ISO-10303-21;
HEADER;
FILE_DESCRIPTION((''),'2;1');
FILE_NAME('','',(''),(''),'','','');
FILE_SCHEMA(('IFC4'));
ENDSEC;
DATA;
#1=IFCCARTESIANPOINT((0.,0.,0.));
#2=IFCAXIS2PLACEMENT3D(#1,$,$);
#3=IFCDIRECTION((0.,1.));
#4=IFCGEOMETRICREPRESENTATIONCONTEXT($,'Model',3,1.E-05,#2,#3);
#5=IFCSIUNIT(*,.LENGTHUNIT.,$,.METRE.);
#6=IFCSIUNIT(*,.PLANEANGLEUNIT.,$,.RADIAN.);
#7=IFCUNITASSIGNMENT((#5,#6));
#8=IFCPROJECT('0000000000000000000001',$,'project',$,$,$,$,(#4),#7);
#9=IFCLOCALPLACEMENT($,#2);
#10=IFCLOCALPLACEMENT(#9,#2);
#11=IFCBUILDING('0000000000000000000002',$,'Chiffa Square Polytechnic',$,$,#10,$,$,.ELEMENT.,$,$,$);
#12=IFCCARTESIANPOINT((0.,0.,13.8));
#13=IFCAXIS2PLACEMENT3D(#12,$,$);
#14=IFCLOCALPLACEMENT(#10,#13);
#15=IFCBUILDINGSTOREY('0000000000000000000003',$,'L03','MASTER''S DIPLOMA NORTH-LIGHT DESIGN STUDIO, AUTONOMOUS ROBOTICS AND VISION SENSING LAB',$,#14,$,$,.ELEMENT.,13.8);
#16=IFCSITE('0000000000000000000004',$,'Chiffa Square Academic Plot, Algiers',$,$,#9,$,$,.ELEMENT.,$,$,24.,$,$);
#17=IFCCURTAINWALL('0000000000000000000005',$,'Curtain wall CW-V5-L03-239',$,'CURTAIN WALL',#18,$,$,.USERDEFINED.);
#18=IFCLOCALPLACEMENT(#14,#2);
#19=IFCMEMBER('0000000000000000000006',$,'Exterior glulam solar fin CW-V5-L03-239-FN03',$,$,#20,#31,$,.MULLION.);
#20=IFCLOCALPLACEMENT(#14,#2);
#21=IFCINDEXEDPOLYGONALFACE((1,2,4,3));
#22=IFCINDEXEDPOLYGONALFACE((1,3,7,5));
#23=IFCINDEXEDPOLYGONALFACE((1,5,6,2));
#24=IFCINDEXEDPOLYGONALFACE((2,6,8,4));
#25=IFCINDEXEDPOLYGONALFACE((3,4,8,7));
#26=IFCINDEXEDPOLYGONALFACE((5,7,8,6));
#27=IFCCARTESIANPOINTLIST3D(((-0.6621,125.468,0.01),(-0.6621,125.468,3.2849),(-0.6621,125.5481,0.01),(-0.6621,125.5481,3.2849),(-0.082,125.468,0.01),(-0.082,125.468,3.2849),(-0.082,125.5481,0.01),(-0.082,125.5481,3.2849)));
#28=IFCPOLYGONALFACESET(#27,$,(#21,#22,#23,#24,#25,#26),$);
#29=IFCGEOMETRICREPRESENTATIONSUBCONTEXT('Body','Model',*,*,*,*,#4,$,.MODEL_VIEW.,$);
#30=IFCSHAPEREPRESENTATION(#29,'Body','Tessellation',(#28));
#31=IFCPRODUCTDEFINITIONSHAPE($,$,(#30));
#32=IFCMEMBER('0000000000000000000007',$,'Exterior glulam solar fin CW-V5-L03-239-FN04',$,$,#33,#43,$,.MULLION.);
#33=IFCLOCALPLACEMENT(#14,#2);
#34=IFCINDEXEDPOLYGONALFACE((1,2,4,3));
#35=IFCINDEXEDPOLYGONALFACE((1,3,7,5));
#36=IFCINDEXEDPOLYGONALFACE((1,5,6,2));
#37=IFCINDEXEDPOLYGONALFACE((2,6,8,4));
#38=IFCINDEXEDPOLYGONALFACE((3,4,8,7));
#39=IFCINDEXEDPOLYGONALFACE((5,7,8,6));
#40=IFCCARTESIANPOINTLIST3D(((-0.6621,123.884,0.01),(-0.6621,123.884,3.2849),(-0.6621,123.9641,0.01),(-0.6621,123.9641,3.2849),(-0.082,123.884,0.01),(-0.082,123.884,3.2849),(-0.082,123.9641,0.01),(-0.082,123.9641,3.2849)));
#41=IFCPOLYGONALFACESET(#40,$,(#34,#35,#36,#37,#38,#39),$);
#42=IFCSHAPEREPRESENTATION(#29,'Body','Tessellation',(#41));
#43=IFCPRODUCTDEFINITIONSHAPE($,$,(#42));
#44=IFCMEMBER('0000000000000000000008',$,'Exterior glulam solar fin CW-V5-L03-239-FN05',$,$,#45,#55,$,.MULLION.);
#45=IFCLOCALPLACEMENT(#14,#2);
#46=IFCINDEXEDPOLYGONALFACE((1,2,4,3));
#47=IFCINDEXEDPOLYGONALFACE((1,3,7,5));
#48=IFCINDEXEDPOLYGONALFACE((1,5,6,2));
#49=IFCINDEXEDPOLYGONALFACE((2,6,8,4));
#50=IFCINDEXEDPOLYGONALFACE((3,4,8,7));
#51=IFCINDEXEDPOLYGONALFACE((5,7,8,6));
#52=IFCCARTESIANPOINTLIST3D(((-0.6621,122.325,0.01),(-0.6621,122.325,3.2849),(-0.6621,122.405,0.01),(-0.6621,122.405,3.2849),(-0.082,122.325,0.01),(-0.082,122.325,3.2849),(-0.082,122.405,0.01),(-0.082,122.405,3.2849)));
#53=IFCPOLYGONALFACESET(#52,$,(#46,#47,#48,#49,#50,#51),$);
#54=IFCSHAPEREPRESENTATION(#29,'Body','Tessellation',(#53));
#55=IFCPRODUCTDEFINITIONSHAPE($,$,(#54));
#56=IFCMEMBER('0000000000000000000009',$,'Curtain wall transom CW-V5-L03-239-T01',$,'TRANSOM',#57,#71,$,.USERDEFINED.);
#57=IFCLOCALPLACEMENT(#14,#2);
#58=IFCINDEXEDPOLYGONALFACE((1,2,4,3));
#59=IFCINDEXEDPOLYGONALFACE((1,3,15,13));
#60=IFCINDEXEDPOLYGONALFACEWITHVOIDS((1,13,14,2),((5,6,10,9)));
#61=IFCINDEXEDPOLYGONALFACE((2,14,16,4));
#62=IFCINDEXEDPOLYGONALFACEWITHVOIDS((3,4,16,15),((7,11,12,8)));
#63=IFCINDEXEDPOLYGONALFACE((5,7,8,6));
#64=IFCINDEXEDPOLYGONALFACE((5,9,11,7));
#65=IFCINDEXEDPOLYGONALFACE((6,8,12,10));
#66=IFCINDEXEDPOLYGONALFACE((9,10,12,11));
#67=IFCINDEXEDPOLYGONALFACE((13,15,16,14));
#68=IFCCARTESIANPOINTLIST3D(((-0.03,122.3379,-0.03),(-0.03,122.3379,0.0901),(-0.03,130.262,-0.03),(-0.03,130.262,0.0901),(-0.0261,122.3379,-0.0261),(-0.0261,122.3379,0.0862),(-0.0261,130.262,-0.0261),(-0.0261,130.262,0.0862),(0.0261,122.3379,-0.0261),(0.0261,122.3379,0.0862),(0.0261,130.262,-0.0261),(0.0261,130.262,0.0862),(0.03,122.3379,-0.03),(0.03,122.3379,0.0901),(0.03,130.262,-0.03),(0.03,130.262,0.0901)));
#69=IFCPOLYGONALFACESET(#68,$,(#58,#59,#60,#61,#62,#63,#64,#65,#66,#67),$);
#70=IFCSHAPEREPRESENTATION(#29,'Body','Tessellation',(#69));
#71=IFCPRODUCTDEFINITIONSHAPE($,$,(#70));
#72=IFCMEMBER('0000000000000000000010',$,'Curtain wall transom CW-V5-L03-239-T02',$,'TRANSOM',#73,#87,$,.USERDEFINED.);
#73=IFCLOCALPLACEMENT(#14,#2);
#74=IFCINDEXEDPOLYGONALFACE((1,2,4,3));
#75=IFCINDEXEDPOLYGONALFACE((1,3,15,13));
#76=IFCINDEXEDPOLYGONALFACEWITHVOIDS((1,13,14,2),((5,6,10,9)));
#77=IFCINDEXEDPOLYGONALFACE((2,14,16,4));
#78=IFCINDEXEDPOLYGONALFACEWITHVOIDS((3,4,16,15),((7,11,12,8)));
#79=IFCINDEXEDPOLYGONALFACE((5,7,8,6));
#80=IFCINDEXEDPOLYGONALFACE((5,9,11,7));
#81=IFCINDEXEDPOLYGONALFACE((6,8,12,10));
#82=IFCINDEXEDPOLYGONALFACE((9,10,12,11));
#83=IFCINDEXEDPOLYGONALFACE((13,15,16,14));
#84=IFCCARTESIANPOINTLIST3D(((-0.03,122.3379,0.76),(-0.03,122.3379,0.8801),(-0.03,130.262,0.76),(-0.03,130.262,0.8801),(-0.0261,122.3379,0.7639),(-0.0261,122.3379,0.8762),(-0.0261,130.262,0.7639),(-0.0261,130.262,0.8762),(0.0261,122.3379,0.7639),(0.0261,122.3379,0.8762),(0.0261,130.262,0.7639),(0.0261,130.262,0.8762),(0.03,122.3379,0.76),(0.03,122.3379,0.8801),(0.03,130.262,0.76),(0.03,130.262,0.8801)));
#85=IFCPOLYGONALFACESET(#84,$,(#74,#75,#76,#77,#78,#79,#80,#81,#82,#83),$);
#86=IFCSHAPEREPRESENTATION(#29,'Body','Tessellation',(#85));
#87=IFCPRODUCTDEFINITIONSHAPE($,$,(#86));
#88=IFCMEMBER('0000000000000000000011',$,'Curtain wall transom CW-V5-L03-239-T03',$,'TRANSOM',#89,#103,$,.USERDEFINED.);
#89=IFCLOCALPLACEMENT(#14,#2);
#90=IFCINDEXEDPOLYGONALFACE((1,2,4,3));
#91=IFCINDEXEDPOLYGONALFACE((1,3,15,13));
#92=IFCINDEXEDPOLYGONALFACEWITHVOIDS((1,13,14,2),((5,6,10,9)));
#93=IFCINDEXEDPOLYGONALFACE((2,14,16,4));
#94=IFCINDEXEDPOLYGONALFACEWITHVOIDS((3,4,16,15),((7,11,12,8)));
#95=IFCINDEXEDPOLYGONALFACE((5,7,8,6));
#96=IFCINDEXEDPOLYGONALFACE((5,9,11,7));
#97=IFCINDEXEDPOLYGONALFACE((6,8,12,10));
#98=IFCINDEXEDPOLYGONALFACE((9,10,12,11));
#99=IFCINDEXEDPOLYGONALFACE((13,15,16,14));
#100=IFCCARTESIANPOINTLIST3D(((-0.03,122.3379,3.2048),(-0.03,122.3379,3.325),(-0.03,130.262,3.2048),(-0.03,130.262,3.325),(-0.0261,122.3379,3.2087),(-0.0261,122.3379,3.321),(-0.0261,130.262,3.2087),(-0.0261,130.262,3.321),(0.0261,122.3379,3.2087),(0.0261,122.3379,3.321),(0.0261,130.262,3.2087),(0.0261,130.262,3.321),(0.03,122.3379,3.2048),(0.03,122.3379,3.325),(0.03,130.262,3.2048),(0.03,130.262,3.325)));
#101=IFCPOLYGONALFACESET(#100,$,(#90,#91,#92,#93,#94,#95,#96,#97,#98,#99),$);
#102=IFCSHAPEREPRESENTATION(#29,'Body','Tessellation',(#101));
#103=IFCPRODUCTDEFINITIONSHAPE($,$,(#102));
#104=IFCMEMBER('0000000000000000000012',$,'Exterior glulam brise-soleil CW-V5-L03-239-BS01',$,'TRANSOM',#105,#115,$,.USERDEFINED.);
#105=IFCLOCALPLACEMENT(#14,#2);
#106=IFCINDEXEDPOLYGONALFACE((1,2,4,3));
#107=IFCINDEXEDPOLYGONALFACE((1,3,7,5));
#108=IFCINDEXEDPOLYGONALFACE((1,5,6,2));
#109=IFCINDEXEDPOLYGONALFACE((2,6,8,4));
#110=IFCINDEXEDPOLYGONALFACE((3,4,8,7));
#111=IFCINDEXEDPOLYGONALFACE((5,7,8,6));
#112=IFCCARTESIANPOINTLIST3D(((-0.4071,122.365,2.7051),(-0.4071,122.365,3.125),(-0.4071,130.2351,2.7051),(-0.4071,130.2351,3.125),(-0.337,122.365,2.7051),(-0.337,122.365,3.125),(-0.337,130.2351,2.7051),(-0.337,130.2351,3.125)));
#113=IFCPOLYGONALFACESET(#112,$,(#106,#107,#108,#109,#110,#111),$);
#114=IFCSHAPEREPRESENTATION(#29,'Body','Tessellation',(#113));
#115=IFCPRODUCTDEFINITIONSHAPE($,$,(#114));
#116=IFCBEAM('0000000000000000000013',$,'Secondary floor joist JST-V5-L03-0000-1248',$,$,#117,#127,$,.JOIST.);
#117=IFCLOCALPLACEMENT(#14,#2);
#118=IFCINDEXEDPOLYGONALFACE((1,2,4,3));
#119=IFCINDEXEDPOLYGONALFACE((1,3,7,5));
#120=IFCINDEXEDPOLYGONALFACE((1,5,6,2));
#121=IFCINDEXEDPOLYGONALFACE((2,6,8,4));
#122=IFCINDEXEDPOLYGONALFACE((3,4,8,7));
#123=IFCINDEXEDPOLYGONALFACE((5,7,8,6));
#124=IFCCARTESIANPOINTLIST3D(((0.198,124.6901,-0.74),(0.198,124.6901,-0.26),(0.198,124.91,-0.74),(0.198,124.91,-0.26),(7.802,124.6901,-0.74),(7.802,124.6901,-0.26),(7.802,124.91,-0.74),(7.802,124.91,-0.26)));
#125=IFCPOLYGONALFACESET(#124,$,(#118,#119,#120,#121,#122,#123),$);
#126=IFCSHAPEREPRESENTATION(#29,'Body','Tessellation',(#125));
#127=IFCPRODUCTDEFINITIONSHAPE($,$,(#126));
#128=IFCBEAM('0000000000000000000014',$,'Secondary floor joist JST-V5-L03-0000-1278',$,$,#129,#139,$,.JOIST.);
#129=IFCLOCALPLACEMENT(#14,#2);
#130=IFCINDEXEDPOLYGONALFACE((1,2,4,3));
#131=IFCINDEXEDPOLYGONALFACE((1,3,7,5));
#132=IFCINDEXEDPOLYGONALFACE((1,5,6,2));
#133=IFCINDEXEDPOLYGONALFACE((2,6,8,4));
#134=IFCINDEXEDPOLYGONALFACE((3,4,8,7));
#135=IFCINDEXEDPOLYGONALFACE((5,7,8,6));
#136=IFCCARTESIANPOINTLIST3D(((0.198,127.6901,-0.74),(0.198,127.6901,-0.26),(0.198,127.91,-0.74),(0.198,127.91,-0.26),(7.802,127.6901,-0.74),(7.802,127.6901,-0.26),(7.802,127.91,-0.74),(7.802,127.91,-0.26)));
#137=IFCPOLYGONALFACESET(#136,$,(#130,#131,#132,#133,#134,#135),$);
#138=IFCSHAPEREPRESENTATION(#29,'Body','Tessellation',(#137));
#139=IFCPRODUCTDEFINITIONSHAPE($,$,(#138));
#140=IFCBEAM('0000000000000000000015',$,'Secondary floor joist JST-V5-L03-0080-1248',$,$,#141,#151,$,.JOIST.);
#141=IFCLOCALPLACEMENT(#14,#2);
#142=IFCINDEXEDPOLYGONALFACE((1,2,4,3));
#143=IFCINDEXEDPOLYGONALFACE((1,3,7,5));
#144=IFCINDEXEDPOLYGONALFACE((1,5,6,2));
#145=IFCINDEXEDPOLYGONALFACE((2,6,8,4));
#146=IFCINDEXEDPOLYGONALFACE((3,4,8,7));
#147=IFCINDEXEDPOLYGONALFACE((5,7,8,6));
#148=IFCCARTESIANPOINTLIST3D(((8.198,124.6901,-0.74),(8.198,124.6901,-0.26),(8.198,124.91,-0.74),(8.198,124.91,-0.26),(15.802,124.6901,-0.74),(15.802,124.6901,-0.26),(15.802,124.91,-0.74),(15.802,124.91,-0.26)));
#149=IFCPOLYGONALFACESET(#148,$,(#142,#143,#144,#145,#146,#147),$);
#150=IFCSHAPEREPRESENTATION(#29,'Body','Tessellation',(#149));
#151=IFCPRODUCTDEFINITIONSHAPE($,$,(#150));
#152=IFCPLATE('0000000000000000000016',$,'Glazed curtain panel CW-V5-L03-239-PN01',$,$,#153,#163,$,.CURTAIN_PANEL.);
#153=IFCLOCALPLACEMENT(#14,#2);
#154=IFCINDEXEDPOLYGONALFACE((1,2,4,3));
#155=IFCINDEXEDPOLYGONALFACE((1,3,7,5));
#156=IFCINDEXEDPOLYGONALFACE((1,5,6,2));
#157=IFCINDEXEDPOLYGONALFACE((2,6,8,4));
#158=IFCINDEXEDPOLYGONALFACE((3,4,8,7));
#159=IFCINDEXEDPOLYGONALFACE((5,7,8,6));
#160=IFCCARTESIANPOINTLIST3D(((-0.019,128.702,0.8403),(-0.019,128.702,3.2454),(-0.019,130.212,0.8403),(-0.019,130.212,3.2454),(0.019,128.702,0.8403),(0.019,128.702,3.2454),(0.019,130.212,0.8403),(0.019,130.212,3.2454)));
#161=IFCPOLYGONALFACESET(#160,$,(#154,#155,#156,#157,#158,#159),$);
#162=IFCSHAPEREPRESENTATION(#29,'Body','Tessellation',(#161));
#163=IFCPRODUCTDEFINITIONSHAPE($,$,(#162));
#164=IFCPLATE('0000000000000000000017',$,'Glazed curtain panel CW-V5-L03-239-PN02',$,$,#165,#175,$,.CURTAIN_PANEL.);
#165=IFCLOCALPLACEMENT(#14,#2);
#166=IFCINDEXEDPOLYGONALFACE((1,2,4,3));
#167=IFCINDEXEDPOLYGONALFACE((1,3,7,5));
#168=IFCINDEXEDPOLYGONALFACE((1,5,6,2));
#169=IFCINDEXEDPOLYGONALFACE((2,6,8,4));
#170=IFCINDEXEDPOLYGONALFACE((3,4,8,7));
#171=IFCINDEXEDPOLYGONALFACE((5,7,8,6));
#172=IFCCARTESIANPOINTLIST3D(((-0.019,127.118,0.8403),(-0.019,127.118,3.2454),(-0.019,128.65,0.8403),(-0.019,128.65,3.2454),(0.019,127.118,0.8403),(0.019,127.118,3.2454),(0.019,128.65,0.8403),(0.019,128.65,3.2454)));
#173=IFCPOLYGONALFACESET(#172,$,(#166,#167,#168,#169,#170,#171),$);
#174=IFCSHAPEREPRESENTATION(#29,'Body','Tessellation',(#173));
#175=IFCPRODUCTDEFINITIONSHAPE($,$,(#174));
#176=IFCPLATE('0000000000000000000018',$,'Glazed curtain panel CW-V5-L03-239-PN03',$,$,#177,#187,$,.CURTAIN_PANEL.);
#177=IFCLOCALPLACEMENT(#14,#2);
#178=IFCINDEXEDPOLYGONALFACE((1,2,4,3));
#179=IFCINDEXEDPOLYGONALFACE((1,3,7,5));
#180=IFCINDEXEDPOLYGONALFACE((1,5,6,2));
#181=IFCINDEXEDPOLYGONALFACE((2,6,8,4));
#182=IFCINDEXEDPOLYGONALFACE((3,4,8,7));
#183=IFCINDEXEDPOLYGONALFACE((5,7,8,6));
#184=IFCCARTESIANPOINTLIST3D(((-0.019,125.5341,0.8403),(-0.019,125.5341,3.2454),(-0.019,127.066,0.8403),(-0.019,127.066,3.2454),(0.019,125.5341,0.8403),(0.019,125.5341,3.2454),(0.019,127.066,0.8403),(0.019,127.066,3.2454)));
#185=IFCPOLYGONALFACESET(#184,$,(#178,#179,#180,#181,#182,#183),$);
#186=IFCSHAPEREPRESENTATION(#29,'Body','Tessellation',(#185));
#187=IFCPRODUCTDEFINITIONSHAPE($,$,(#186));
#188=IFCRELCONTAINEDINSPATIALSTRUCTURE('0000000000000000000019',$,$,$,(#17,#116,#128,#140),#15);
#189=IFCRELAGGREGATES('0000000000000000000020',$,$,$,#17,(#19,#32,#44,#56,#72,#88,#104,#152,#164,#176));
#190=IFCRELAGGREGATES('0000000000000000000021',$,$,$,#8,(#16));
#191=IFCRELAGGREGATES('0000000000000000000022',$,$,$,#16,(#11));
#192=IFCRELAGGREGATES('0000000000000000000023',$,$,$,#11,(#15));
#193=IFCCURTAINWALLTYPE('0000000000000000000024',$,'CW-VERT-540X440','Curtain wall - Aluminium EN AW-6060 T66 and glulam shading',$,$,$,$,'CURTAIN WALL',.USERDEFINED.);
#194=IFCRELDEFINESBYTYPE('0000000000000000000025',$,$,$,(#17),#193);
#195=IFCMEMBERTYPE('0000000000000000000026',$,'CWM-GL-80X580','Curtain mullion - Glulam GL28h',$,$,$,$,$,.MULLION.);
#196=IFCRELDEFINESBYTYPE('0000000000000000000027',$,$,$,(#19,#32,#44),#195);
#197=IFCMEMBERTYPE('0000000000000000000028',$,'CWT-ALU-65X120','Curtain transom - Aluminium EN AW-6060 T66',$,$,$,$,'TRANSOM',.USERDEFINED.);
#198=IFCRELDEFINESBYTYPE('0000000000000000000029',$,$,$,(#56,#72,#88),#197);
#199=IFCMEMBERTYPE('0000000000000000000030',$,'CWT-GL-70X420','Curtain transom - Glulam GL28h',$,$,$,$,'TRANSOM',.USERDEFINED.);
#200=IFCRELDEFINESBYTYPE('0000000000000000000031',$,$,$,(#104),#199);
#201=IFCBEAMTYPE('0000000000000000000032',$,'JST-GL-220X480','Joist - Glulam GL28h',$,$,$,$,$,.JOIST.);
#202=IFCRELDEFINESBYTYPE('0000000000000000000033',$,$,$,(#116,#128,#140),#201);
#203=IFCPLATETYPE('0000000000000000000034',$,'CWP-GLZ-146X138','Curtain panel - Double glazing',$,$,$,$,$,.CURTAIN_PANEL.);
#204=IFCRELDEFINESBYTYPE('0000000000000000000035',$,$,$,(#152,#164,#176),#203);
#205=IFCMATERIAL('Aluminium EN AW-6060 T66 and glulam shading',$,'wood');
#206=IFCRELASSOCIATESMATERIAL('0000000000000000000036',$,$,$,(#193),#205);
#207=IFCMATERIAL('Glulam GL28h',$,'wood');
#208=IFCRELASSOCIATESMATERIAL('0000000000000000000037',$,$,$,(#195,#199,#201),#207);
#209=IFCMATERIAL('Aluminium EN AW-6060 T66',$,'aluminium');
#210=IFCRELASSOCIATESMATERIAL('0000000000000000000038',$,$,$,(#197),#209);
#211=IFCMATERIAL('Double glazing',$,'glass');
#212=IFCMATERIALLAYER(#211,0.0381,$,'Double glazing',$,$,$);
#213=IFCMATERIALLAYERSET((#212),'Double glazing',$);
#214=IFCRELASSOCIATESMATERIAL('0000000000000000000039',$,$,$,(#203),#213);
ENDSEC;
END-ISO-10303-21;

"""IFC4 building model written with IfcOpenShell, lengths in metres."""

from ifc_helpers import new_model, si_unit, direction, frame, origin, origin_2d, place, context, subcontext, project, spatial, rectangle, hollow_rectangle, extrude, material, layer, layer_set, material_profile, profile_set, type_object, element, aggregate, save


model = new_model("IFC4")

# Units and contexts
model_context = context("Model", 3, precision=1e-05, world=origin(), true_north=direction((0.0, 1.0)))
body_context = subcontext(model_context, "Body", "Model", "MODEL_VIEW")
ifc_project = project(units=[si_unit("LENGTHUNIT", "METRE"), si_unit("PLANEANGLEUNIT", "RADIAN")], contexts=[model_context])

# Site, building, storey
site_placement = place(None, origin())
site = spatial("IfcSite", under=ifc_project, at=site_placement, Name="Chiffa Square Academic Plot, Algiers", CompositionType="ELEMENT", RefElevation=24.0)
building_placement = place(site_placement, origin())
building = spatial("IfcBuilding", under=site, at=building_placement, Name="Chiffa Square Polytechnic", CompositionType="ELEMENT")
storey_placement = place(building_placement, frame((0.0, 0.0, 13.8)))
storey = spatial("IfcBuildingStorey", under=building, at=storey_placement, Name="L03", Description="MASTER'S DIPLOMA NORTH-LIGHT DESIGN STUDIO, AUTONOMOUS ROBOTICS AND VISION SENSING LAB", CompositionType="ELEMENT", Elevation=13.8)

# Curtain wall, members
ifc_material_1 = material(Name="Aluminium EN AW-6060 T66 and glulam shading", Category="wood")
curtain_wall_type = type_object("IfcCurtainWallType", Name="CW-VERT-540X440", Description="Curtain wall - Aluminium EN AW-6060 T66 and glulam shading", ElementType="CURTAIN WALL", PredefinedType="USERDEFINED", material=ifc_material_1)
curtain_wall_placement = place(storey_placement, origin())
curtain_wall = element("IfcCurtainWall", 1, at=curtain_wall_placement, inside=storey, type_object=curtain_wall_type, Name="Curtain wall CW-V5-L03-239", ObjectType="CURTAIN WALL", PredefinedType="USERDEFINED")
ifc_material_2 = material(Name="Aluminium EN AW-6060 T66", Category="aluminium")
ifc_material_3 = material(Name="Glulam GL28h", Category="wood")
ifc_material_profile_1 = material_profile(ifc_material_3, rectangle(XDim=0.0801, YDim=0.5801, at=origin_2d()), Name="GL28h 80x580")
ifc_profile_set_1 = profile_set([ifc_material_profile_1], Name="Glulam GL28h")
member_type_1 = type_object("IfcMemberType", Name="CWM-GL-80X580", Description="Curtain mullion - Glulam GL28h", PredefinedType="MULLION", material=ifc_profile_set_1)
member_1_placement = place(storey_placement, frame((-0.3721, 125.5081, 0.01), z_axis=(0.0, 0.0, 1.0), x_axis=(0.0, -1.0, 0.0)))
member_1 = element("IfcMember", 2, at=member_1_placement, type_object=member_type_1, Name="Exterior glulam solar fin CW-V5-L03-239-FN03", PredefinedType="MULLION", context=body_context, shape_type="SweptSolid", body=[
    extrude(rectangle(XDim=0.0801, YDim=0.5801, at=origin_2d()), origin(), (0.0, 0.0, 1.0), 3.2749),
])
member_2_placement = place(storey_placement, frame((-0.3721, 123.9241, 0.01), z_axis=(0.0, 0.0, 1.0), x_axis=(0.0, -1.0, 0.0)))
member_2 = element("IfcMember", 3, at=member_2_placement, type_object=member_type_1, Name="Exterior glulam solar fin CW-V5-L03-239-FN04", PredefinedType="MULLION", context=body_context, shape_type="SweptSolid", body=[
    extrude(rectangle(XDim=0.0801, YDim=0.5801, at=origin_2d()), origin(), (0.0, 0.0, 1.0), 3.2749),
])
member_3_placement = place(storey_placement, frame((-0.3721, 122.365, 0.01), z_axis=(0.0, 0.0, 1.0), x_axis=(0.0, -1.0, 0.0)))
member_3 = element("IfcMember", 4, at=member_3_placement, type_object=member_type_1, Name="Exterior glulam solar fin CW-V5-L03-239-FN05", PredefinedType="MULLION", context=body_context, shape_type="SweptSolid", body=[
    extrude(rectangle(XDim=0.0801, YDim=0.5801, at=origin_2d()), origin(), (0.0, 0.0, 1.0), 3.2749),
])
ifc_material_profile_2 = material_profile(ifc_material_2, hollow_rectangle(XDim=0.0601, YDim=0.1201, WallThickness=0.0039, at=origin_2d()), Name="ALU 60x120x4")
ifc_profile_set_2 = profile_set([ifc_material_profile_2], Name="Aluminium EN AW-6060 T66")
member_type_2 = type_object("IfcMemberType", Name="CWT-ALU-65X120", Description="Curtain transom - Aluminium EN AW-6060 T66", ElementType="TRANSOM", PredefinedType="USERDEFINED", material=ifc_profile_set_2)
member_4_placement = place(storey_placement, frame((0.0, 130.262, 0.03), z_axis=(0.0, -1.0, 0.0), x_axis=(1.0, 0.0, 0.0)))
member_4 = element("IfcMember", 5, at=member_4_placement, type_object=member_type_2, Name="Curtain wall transom CW-V5-L03-239-T01", ObjectType="TRANSOM", PredefinedType="USERDEFINED", context=body_context, shape_type="SweptSolid", body=[
    extrude(hollow_rectangle(XDim=0.0601, YDim=0.1201, WallThickness=0.0039, at=origin_2d()), origin(), (0.0, 0.0, 1.0), 7.9241),
])
member_5_placement = place(storey_placement, frame((0.0, 130.262, 0.8201), z_axis=(0.0, -1.0, 0.0), x_axis=(1.0, 0.0, 0.0)))
member_5 = element("IfcMember", 6, at=member_5_placement, type_object=member_type_2, Name="Curtain wall transom CW-V5-L03-239-T02", ObjectType="TRANSOM", PredefinedType="USERDEFINED", context=body_context, shape_type="SweptSolid", body=[
    extrude(hollow_rectangle(XDim=0.0601, YDim=0.1201, WallThickness=0.0039, at=origin_2d()), origin(), (0.0, 0.0, 1.0), 7.9241),
])
member_6_placement = place(storey_placement, frame((0.0, 130.262, 3.2649), z_axis=(0.0, -1.0, 0.0), x_axis=(1.0, 0.0, 0.0)))
member_6 = element("IfcMember", 7, at=member_6_placement, type_object=member_type_2, Name="Curtain wall transom CW-V5-L03-239-T03", ObjectType="TRANSOM", PredefinedType="USERDEFINED", context=body_context, shape_type="SweptSolid", body=[
    extrude(hollow_rectangle(XDim=0.0601, YDim=0.1201, WallThickness=0.0039, at=origin_2d()), origin(), (0.0, 0.0, 1.0), 7.9241),
])
ifc_material_profile_3 = material_profile(ifc_material_3, rectangle(XDim=0.0701, YDim=0.4199, at=origin_2d()), Name="GL28h 70x420")
ifc_profile_set_3 = profile_set([ifc_material_profile_3], Name="Glulam GL28h")
member_type_3 = type_object("IfcMemberType", Name="CWT-GL-70X420", Description="Curtain transom - Glulam GL28h", ElementType="TRANSOM", PredefinedType="USERDEFINED", material=ifc_profile_set_3)
member_7_placement = place(storey_placement, frame((-0.3721, 130.2351, 2.915), z_axis=(0.0, -1.0, 0.0), x_axis=(1.0, 0.0, 0.0)))
member_7 = element("IfcMember", 8, at=member_7_placement, type_object=member_type_3, Name="Exterior glulam brise-soleil CW-V5-L03-239-BS01", ObjectType="TRANSOM", PredefinedType="USERDEFINED", context=body_context, shape_type="SweptSolid", body=[
    extrude(rectangle(XDim=0.0701, YDim=0.4199, at=origin_2d()), origin(), (0.0, 0.0, 1.0), 7.8701),
])

# Beams
ifc_material_profile_4 = material_profile(ifc_material_3, rectangle(XDim=0.22, YDim=0.48, at=origin_2d()), Name="GL28h 220x480")
ifc_profile_set_4 = profile_set([ifc_material_profile_4], Name="Glulam GL28h")
beam_type_1 = type_object("IfcBeamType", Name="JST-GL-220X480", Description="Joist - Glulam GL28h", PredefinedType="JOIST", material=ifc_profile_set_4)
for number, where, z_axis, x_axis, name in (
    (9, (0.198, 124.8, -0.5), (1.0, 0.0, 0.0), (0.0, 1.0, 0.0), "Secondary floor joist JST-V5-L03-0000-1248"),
    (10, (0.198, 127.8, -0.5), (1.0, 0.0, 0.0), (0.0, 1.0, 0.0), "Secondary floor joist JST-V5-L03-0000-1278"),
    (11, (8.198, 124.8, -0.5), (1.0, 0.0, 0.0), (0.0, 1.0, 0.0), "Secondary floor joist JST-V5-L03-0080-1248"),
):
    element("IfcBeam", number, at=place(storey_placement, frame(where, z_axis=z_axis, x_axis=x_axis)), inside=storey, type_object=beam_type_1, Name=name, PredefinedType="JOIST", context=body_context, shape_type="SweptSolid", body=[
        extrude(rectangle(XDim=0.22, YDim=0.48, at=origin_2d()), origin(), (0.0, 0.0, 1.0), 7.604),
    ])

# Plates
ifc_material_4 = material(Name="Double glazing", Category="glass")
ifc_layer_1 = layer(ifc_material_4, 0.0381, Name="Double glazing")
ifc_layer_set_1 = layer_set([ifc_layer_1], Name="Double glazing")
plate_type_1 = type_object("IfcPlateType", Name="CWP-GLZ-146X138", Description="Curtain panel - Double glazing", PredefinedType="CURTAIN_PANEL", material=ifc_layer_set_1)
plate_1_placement = place(storey_placement, frame((0.0, 129.457, 0.8403), z_axis=(0.0, 0.0, 1.0), x_axis=(0.0, -1.0, 0.0)))
plate_1 = element("IfcPlate", 12, at=plate_1_placement, type_object=plate_type_1, Name="Glazed curtain panel CW-V5-L03-239-PN01", PredefinedType="CURTAIN_PANEL", context=body_context, shape_type="SweptSolid", body=[
    extrude(rectangle(XDim=1.51, YDim=0.0381, at=origin_2d()), origin(), (0.0, 0.0, 1.0), 2.405),
])
plate_2_placement = place(storey_placement, frame((0.0, 127.884, 0.8403), z_axis=(0.0, 0.0, 1.0), x_axis=(0.0, -1.0, 0.0)))
plate_2 = element("IfcPlate", 13, at=plate_2_placement, type_object=plate_type_1, Name="Glazed curtain panel CW-V5-L03-239-PN02", PredefinedType="CURTAIN_PANEL", context=body_context, shape_type="SweptSolid", body=[
    extrude(rectangle(XDim=1.532, YDim=0.0381, at=origin_2d()), origin(), (0.0, 0.0, 1.0), 2.405),
])
plate_3_placement = place(storey_placement, frame((0.0, 126.3, 0.8403), z_axis=(0.0, 0.0, 1.0), x_axis=(0.0, -1.0, 0.0)))
plate_3 = element("IfcPlate", 14, at=plate_3_placement, type_object=plate_type_1, Name="Glazed curtain panel CW-V5-L03-239-PN03", PredefinedType="CURTAIN_PANEL", context=body_context, shape_type="SweptSolid", body=[
    extrude(rectangle(XDim=1.532, YDim=0.0381, at=origin_2d()), origin(), (0.0, 0.0, 1.0), 2.405),
])
aggregate(curtain_wall, [member_1, member_2, member_3, member_4, member_5, member_6, member_7, plate_1, plate_2, plate_3])

save(model, "model.ifc")
